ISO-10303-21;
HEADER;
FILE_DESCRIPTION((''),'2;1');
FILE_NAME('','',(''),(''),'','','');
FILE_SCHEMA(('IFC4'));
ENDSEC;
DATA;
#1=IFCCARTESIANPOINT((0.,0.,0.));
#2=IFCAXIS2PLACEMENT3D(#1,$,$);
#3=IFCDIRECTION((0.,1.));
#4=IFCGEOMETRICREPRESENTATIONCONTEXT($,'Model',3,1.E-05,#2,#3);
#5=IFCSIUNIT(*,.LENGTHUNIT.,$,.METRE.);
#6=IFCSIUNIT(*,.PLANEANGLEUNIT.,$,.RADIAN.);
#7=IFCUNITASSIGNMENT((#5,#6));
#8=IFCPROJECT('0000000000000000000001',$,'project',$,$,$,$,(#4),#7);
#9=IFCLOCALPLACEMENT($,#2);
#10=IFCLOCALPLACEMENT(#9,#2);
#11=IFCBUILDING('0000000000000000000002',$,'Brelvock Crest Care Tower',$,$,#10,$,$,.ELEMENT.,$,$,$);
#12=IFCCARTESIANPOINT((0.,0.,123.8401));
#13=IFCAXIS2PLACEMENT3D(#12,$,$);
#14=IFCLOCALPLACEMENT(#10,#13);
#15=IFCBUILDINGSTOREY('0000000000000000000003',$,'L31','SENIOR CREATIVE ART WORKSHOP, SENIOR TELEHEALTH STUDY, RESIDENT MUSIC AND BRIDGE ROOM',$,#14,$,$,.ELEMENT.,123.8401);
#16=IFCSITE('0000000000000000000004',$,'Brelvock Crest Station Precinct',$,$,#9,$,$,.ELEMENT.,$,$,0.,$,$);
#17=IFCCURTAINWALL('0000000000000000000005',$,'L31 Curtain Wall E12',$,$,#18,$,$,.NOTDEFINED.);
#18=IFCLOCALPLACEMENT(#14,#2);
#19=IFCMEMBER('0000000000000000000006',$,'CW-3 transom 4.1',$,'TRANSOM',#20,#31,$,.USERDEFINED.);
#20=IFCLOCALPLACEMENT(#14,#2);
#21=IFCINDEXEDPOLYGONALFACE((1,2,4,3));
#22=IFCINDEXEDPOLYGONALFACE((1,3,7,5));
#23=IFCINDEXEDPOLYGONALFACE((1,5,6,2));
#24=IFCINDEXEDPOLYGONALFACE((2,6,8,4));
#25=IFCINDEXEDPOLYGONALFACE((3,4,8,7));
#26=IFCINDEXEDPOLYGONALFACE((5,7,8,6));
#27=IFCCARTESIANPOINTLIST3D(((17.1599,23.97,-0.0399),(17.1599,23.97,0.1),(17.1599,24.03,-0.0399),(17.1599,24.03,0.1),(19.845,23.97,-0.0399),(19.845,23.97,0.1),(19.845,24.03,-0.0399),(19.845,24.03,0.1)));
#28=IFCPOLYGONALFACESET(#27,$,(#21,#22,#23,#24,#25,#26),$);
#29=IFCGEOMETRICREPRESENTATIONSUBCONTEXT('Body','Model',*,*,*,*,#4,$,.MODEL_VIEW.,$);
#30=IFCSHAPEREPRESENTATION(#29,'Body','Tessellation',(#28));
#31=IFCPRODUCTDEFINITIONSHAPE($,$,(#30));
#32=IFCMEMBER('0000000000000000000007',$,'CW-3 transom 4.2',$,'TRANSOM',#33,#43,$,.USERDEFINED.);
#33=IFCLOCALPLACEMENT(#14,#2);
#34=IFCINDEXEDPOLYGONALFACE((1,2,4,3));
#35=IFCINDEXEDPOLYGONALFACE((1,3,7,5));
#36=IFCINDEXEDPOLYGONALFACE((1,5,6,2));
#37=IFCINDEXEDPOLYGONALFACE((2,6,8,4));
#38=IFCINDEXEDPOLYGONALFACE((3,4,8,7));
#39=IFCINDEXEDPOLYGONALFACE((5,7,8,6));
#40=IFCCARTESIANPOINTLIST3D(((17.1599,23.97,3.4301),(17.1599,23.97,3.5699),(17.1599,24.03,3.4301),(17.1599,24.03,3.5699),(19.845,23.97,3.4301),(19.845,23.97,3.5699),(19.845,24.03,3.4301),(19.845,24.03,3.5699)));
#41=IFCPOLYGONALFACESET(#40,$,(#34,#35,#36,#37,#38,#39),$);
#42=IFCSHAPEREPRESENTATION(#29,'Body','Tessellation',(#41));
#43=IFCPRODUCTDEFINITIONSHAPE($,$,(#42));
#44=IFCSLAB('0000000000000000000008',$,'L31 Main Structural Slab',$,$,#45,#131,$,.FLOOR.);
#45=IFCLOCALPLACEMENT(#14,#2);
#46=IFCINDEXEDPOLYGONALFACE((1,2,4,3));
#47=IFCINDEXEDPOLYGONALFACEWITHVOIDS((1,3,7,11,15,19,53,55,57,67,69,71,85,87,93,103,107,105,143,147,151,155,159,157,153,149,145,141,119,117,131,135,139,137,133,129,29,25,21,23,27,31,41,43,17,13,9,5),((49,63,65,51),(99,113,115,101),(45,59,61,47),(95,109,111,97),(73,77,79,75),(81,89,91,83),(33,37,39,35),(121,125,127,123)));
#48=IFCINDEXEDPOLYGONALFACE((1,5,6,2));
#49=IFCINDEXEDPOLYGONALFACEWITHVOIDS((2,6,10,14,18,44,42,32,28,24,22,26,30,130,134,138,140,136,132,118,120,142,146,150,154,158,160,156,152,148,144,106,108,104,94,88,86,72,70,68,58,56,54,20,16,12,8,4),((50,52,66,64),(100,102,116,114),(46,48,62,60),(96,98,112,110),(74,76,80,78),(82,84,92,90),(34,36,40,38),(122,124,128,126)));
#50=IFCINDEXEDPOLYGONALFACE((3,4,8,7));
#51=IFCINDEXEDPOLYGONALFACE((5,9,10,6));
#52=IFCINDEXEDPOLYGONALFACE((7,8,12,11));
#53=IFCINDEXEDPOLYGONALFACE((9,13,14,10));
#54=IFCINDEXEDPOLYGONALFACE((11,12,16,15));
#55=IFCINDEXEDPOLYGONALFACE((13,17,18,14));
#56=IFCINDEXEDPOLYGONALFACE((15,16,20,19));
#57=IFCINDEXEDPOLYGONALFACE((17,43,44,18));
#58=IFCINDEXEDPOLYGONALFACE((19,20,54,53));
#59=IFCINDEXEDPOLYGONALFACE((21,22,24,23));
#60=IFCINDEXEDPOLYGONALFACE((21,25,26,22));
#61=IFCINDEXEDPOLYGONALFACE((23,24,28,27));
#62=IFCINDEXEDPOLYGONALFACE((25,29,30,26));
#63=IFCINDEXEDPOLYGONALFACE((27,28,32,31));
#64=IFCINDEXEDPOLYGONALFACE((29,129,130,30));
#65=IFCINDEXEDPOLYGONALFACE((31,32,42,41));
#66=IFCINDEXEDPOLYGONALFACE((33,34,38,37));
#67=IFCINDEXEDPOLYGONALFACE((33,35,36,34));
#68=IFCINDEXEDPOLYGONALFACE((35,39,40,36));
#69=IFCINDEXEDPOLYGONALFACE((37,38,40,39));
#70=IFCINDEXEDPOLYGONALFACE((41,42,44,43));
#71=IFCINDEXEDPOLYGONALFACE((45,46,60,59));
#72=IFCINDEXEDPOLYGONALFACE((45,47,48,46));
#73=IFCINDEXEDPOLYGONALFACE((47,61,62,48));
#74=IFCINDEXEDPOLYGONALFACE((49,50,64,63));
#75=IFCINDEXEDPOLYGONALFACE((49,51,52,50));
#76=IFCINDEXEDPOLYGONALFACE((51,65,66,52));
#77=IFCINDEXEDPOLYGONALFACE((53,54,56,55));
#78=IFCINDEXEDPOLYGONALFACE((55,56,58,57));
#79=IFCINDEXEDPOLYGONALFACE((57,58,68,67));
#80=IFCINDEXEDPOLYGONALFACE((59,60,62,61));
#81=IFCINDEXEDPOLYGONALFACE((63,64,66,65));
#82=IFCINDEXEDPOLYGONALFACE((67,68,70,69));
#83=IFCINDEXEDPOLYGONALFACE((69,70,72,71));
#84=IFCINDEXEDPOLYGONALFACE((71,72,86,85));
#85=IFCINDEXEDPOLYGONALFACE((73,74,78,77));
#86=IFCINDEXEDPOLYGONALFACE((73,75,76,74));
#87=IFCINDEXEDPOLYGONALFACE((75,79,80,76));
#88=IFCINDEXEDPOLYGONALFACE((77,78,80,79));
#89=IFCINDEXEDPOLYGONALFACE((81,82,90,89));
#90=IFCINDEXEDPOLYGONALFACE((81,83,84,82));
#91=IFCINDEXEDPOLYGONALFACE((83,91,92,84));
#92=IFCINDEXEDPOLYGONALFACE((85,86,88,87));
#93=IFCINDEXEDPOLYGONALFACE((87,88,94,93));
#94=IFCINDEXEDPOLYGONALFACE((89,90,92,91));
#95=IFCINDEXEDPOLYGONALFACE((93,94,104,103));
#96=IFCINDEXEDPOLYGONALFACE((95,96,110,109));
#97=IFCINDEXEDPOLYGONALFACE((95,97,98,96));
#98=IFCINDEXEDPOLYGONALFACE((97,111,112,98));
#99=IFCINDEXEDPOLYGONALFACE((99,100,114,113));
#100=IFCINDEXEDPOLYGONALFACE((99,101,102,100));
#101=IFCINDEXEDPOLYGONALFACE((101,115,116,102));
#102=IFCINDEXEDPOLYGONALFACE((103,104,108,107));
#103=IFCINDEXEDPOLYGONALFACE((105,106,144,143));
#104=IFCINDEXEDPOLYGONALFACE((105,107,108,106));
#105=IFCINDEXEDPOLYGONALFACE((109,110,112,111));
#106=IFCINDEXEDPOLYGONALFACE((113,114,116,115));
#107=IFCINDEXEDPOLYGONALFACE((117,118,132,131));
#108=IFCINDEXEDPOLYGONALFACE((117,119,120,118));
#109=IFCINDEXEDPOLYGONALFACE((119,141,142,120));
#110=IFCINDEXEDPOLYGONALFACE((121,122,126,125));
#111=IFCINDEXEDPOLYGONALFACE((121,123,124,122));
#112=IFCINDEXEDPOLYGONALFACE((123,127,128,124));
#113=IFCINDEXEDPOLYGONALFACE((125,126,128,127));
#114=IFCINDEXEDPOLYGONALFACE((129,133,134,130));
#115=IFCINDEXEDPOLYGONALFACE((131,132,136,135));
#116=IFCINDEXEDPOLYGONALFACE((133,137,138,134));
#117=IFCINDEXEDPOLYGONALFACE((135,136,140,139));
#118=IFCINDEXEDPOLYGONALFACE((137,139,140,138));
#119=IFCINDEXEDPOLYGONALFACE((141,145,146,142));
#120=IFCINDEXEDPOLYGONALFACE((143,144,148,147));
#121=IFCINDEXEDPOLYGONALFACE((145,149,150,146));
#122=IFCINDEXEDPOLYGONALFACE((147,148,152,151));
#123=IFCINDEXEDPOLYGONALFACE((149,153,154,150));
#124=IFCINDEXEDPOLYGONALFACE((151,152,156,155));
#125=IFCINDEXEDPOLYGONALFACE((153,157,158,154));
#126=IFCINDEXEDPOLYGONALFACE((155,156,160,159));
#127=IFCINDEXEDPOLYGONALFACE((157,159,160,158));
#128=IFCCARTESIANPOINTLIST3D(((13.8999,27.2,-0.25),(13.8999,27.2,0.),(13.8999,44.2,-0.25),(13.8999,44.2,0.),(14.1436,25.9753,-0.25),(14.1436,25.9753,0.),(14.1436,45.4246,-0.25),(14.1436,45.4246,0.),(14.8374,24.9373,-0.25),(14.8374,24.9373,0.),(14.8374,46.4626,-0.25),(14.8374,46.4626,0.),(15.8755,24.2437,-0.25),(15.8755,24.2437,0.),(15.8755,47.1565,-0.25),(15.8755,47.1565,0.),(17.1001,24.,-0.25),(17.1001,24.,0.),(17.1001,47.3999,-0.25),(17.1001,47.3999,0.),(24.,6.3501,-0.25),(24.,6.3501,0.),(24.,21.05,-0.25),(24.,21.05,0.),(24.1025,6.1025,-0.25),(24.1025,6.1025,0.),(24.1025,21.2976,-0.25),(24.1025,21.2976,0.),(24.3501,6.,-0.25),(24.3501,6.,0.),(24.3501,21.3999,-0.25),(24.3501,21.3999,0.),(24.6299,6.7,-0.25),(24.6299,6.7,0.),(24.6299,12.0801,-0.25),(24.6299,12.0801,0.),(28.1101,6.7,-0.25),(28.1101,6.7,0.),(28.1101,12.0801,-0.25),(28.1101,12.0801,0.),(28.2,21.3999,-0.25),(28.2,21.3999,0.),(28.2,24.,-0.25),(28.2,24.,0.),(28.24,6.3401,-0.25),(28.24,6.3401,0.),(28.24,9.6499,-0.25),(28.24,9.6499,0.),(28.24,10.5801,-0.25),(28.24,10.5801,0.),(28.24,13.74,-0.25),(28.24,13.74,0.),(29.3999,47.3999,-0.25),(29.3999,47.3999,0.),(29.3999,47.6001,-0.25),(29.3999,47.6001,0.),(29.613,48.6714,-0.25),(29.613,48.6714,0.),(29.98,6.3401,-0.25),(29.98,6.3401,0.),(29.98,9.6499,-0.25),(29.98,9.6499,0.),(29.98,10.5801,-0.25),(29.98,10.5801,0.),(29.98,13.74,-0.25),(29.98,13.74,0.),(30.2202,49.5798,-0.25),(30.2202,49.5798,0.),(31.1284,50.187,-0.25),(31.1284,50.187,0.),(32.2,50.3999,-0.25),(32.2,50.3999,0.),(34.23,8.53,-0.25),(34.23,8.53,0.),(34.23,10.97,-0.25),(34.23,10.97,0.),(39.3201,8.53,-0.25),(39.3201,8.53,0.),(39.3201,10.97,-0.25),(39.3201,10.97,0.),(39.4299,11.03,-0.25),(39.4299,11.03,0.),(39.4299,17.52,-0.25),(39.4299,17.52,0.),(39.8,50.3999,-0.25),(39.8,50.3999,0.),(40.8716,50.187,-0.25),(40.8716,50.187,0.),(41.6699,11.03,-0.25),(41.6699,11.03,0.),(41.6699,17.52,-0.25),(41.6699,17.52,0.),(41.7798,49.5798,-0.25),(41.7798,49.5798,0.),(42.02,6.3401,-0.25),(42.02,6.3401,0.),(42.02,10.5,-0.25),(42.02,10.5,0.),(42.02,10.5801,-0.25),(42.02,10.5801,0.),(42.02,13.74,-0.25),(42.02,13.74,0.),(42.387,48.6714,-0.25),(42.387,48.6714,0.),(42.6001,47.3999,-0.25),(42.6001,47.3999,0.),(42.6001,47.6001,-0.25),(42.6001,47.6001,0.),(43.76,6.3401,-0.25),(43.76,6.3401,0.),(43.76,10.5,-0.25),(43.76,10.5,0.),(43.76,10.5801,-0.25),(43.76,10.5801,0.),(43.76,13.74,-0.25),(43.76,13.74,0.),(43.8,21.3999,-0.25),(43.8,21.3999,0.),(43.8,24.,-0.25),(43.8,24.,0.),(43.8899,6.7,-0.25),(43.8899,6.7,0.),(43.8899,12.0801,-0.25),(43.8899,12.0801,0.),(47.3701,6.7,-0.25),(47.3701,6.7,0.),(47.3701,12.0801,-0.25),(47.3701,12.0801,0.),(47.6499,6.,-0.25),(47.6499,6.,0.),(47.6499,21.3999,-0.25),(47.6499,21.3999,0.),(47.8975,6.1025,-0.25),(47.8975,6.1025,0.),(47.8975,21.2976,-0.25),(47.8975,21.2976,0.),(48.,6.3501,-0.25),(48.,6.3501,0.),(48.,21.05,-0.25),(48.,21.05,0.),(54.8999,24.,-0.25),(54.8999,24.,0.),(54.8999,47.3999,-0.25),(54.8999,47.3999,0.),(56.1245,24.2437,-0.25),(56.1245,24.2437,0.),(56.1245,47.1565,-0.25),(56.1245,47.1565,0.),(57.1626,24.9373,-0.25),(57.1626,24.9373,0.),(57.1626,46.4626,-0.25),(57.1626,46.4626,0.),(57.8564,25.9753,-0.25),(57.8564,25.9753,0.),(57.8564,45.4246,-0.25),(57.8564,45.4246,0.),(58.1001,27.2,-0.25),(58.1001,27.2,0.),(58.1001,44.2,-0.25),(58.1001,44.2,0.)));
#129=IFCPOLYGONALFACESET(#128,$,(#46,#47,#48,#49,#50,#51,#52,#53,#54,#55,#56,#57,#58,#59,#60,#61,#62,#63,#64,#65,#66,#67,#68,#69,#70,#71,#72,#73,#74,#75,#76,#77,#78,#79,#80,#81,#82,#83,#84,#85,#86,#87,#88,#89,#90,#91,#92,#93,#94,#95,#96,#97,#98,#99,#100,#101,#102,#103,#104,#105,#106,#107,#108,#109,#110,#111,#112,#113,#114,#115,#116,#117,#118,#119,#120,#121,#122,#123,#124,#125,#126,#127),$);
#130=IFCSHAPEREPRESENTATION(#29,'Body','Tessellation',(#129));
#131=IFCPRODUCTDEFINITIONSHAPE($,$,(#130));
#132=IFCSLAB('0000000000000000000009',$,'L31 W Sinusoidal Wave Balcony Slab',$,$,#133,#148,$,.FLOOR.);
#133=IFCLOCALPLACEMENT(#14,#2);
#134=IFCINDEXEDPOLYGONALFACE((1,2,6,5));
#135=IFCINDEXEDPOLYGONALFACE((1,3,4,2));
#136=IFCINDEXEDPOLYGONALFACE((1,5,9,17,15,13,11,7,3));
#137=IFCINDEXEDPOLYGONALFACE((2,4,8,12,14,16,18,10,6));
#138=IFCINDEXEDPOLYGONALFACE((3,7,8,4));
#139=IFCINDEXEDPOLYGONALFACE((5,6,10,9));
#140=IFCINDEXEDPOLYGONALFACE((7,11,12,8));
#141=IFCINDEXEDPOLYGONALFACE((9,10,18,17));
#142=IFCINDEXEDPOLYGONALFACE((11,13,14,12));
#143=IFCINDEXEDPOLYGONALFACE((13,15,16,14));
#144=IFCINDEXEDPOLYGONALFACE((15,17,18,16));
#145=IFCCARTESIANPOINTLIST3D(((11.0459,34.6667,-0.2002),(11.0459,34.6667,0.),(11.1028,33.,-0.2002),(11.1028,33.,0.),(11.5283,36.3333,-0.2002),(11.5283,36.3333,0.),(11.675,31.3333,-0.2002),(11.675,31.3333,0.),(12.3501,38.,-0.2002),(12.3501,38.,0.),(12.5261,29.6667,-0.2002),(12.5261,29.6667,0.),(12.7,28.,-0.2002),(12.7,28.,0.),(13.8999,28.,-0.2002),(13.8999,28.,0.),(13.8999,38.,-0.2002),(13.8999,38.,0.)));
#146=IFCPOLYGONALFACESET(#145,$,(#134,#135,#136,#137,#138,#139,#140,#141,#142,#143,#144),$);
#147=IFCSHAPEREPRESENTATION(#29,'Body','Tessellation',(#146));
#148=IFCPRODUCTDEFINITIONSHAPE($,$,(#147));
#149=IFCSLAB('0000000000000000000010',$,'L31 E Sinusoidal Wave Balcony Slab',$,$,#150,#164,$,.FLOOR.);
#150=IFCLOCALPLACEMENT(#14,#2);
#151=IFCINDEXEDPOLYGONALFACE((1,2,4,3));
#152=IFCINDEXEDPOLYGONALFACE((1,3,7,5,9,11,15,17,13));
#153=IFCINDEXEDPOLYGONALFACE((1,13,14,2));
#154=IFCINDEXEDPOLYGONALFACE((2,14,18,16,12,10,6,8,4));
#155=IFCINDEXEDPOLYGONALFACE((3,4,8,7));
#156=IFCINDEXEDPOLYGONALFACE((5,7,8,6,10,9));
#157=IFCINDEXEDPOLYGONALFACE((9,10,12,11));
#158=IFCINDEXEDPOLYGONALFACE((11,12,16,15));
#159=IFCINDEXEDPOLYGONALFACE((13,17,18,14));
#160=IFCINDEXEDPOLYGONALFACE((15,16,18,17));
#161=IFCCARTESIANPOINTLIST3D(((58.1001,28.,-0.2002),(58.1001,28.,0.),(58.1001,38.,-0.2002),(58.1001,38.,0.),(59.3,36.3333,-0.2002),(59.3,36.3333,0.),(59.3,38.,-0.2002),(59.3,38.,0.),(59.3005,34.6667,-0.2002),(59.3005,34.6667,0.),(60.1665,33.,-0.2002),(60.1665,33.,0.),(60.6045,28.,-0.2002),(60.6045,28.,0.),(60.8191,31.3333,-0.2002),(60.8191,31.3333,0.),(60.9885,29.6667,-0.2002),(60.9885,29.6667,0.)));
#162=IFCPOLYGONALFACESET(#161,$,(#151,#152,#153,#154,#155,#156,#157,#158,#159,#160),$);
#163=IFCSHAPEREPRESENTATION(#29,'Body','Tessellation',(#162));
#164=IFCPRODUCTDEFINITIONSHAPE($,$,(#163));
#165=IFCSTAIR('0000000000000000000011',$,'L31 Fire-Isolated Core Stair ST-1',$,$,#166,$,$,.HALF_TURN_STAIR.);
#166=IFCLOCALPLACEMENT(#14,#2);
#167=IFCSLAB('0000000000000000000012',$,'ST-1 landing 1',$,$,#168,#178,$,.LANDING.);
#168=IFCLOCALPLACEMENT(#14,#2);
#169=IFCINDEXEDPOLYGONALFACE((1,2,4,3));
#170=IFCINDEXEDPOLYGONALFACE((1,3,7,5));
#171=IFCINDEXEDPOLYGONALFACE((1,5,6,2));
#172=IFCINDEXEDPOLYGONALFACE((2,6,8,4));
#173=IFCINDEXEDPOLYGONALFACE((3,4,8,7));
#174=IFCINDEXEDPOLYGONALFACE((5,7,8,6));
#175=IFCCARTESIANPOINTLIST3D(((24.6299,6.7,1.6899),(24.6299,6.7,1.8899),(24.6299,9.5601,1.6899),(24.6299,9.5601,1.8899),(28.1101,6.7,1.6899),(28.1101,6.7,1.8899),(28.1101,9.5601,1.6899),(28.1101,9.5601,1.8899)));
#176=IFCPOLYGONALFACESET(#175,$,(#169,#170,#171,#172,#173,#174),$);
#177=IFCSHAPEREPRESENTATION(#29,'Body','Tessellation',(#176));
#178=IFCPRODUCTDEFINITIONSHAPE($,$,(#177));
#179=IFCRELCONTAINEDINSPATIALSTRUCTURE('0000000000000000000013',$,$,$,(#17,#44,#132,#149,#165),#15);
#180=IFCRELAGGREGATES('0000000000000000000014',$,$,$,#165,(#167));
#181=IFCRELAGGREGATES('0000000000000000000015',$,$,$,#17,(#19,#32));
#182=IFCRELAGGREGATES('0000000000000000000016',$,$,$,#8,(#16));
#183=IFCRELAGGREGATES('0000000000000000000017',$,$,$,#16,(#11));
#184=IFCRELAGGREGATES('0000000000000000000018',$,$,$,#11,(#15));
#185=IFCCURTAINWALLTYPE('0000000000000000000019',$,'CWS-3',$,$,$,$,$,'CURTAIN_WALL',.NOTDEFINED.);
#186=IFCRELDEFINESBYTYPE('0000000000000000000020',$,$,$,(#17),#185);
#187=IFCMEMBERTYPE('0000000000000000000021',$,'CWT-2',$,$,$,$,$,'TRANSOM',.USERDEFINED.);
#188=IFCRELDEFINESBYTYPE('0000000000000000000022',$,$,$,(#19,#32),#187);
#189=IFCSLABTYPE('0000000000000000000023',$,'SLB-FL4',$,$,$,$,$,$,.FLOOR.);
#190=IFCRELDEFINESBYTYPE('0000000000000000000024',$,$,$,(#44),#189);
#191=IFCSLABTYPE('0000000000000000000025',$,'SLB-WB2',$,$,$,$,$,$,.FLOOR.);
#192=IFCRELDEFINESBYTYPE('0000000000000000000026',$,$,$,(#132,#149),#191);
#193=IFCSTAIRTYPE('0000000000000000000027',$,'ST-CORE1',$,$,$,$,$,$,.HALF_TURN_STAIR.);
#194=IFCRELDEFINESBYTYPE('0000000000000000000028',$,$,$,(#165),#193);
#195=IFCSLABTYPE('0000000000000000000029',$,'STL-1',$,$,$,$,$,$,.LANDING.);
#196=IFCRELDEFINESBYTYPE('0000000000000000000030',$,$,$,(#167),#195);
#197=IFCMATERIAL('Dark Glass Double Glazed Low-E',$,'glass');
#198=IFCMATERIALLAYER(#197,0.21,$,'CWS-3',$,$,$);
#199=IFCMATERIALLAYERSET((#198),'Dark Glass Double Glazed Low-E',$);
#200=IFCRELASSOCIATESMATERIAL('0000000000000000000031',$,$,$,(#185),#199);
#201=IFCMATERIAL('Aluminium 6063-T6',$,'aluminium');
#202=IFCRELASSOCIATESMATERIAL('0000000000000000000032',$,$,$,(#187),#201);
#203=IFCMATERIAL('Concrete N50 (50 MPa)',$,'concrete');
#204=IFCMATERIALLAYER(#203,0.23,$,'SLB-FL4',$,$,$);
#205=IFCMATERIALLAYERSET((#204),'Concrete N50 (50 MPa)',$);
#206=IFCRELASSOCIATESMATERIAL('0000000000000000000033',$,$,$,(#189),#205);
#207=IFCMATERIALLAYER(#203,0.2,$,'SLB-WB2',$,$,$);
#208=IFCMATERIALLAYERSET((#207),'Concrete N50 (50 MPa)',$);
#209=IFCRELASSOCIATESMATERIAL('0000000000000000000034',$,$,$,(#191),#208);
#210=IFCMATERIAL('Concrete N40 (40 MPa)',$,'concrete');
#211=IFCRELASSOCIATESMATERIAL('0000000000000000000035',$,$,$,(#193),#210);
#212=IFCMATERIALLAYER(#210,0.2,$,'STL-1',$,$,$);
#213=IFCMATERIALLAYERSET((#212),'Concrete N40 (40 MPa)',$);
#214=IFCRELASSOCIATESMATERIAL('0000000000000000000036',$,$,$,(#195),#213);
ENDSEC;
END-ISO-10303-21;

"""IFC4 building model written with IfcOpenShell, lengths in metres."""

from ifc_helpers import new_model, si_unit, direction, frame, origin, origin_2d, place, context, subcontext, project, spatial, polyline, rectangle, outline, extrude, source, transform, mapped, material, layer, layer_set, material_profile, profile_set, type_object, element, aggregate, save


model = new_model("IFC4")

# Units and contexts
model_context = context("Model", 3, precision=1e-05, world=origin(), true_north=direction((0.0, 1.0)))
body_context = subcontext(model_context, "Body", "Model", "MODEL_VIEW")
ifc_project = project(units=[si_unit("LENGTHUNIT", "METRE"), si_unit("PLANEANGLEUNIT", "RADIAN")], contexts=[model_context])

# Site, building, storey
site_placement = place(None, origin())
site = spatial("IfcSite", under=ifc_project, at=site_placement, Name="Brelvock Crest Station Precinct", CompositionType="ELEMENT", RefElevation=0.0)
building_placement = place(site_placement, origin())
building = spatial("IfcBuilding", under=site, at=building_placement, Name="Brelvock Crest Care Tower", CompositionType="ELEMENT")
storey_placement = place(building_placement, frame((0.0, 0.0, 123.8401)))
storey = spatial("IfcBuildingStorey", under=building, at=storey_placement, Name="L31", Description="SENIOR CREATIVE ART WORKSHOP, SENIOR TELEHEALTH STUDY, RESIDENT MUSIC AND BRIDGE ROOM", CompositionType="ELEMENT", Elevation=123.8401)

# Curtain wall, members
ifc_material_1 = material(Name="Dark Glass Double Glazed Low-E", Category="glass")
ifc_layer_1 = layer(ifc_material_1, 0.21, Name="CWS-3")
ifc_layer_set_1 = layer_set([ifc_layer_1], Name="Dark Glass Double Glazed Low-E")
curtain_wall_type = type_object("IfcCurtainWallType", Name="CWS-3", ElementType="CURTAIN_WALL", PredefinedType="NOTDEFINED", material=ifc_layer_set_1)
curtain_wall_placement = place(storey_placement, origin())
curtain_wall = element("IfcCurtainWall", 1, at=curtain_wall_placement, inside=storey, type_object=curtain_wall_type, Name="L31 Curtain Wall E12", PredefinedType="NOTDEFINED")
ifc_material_2 = material(Name="Aluminium 6063-T6", Category="aluminium")
ifc_material_profile_1 = material_profile(ifc_material_2, rectangle(XDim=0.0601, YDim=0.1399, at=origin_2d()), Name="ALU60x140")
ifc_profile_set_1 = profile_set([ifc_material_profile_1], Name="Aluminium 6063-T6")
member_type_1 = type_object("IfcMemberType", Name="CWT-2", ElementType="TRANSOM", PredefinedType="USERDEFINED", material=ifc_profile_set_1)
shared_shape_1 = source(origin(), body_context, "Body", "SweptSolid", [
    extrude(rectangle(XDim=0.0601, YDim=0.1399, at=origin_2d()), origin(), (0.0, 0.0, 1.0), 2.6851),
])
member_1_placement = place(storey_placement, frame((19.845, 24.0, 0.03), z_axis=(-1.0, 0.0, 0.0), x_axis=(0.0, -1.0, 0.0)))
member_1 = element("IfcMember", 2, at=member_1_placement, type_object=member_type_1, Name="CW-3 transom 4.1", ObjectType="TRANSOM", PredefinedType="USERDEFINED", context=body_context, shape_type="MappedRepresentation", body=[
    mapped(shared_shape_1, transform((0.0, 0.0, 0.0), x_axis=(1.0, 0.0, 0.0), y_axis=(0.0, 1.0, 0.0), z_axis=(0.0, 0.0, 1.0), scale=1.0)),
])
member_2_placement = place(storey_placement, frame((19.845, 24.0, 3.5), z_axis=(-1.0, 0.0, 0.0), x_axis=(0.0, -1.0, 0.0)))
member_2 = element("IfcMember", 3, at=member_2_placement, type_object=member_type_1, Name="CW-3 transom 4.2", ObjectType="TRANSOM", PredefinedType="USERDEFINED", context=body_context, shape_type="MappedRepresentation", body=[
    mapped(shared_shape_1, transform((0.0, 0.0, 0.0), x_axis=(1.0, 0.0, 0.0), y_axis=(0.0, 1.0, 0.0), z_axis=(0.0, 0.0, 1.0), scale=1.0)),
])

# Slabs
ifc_material_3 = material(Name="Concrete N50 (50 MPa)", Category="concrete")
ifc_layer_2 = layer(ifc_material_3, 0.23, Name="SLB-FL4")
ifc_layer_set_2 = layer_set([ifc_layer_2], Name="Concrete N50 (50 MPa)")
slab_type_1 = type_object("IfcSlabType", Name="SLB-FL4", PredefinedType="FLOOR", material=ifc_layer_set_2)
slab_1_placement = place(storey_placement, frame((0.0, 0.0, -0.25)))
element("IfcSlab", 4, at=slab_1_placement, inside=storey, type_object=slab_type_1, Name="L31 Main Structural Slab", PredefinedType="FLOOR", context=body_context, shape_type="SweptSolid", body=[
    extrude(outline(polyline([(47.6499, 21.3999), (43.8, 21.3999), (43.8, 24.0), (54.8999, 24.0), (56.1245, 24.2437), (57.1626, 24.9373), (57.8564, 25.9753), (58.1001, 27.2), (58.1001, 44.2), (57.8564, 45.4246), (57.1626, 46.4626), (56.1245, 47.1565), (54.8999, 47.3999), (42.6001, 47.3999), (42.6001, 47.6001), (42.387, 48.6714), (41.7798, 49.5798), (40.8716, 50.187), (39.8, 50.3999), (32.2, 50.3999), (31.1284, 50.187), (30.2202, 49.5798), (29.613, 48.6714), (29.3999, 47.6001), (29.3999, 47.3999), (17.1001, 47.3999), (15.8755, 47.1565), (14.8374, 46.4626), (14.1436, 45.4246), (13.8999, 44.2), (13.8999, 27.2), (14.1436, 25.9753), (14.8374, 24.9373), (15.8755, 24.2437), (17.1001, 24.0), (28.2, 24.0), (28.2, 21.3999), (24.3501, 21.3999), (24.1025, 21.2976), (24.0, 21.05), (24.0, 6.3501), (24.1025, 6.1025), (24.3501, 6.0), (47.6499, 6.0), (47.8975, 6.1025), (48.0, 6.3501), (48.0, 21.05), (47.8975, 21.2976), (47.6499, 21.3999)]), holes=[polyline([(28.24, 10.5801), (29.98, 10.5801), (29.98, 13.74), (28.24, 13.74), (28.24, 10.5801)]), polyline([(42.02, 10.5801), (43.76, 10.5801), (43.76, 13.74), (42.02, 13.74), (42.02, 10.5801)]), polyline([(28.24, 6.3401), (29.98, 6.3401), (29.98, 9.6499), (28.24, 9.6499), (28.24, 6.3401)]), polyline([(24.6299, 12.0801), (24.6299, 6.7), (28.1101, 6.7), (28.1101, 12.0801), (24.6299, 12.0801)]), polyline([(43.8899, 12.0801), (43.8899, 6.7), (47.3701, 6.7), (47.3701, 12.0801), (43.8899, 12.0801)]), polyline([(42.02, 6.3401), (43.76, 6.3401), (43.76, 10.5), (42.02, 10.5), (42.02, 6.3401)]), polyline([(34.23, 8.53), (39.3201, 8.53), (39.3201, 10.97), (34.23, 10.97), (34.23, 8.53)]), polyline([(39.4299, 11.03), (41.6699, 11.03), (41.6699, 17.52), (39.4299, 17.52), (39.4299, 11.03)])]), origin(), (0.0, 0.0, 1.0), 0.25),
])
ifc_layer_3 = layer(ifc_material_3, 0.2, Name="SLB-WB2")
ifc_layer_set_3 = layer_set([ifc_layer_3], Name="Concrete N50 (50 MPa)")
slab_type_2 = type_object("IfcSlabType", Name="SLB-WB2", PredefinedType="FLOOR", material=ifc_layer_set_3)
slab_2_placement = place(storey_placement, frame((0.0, 0.0, -0.2002)))
element("IfcSlab", 5, at=slab_2_placement, inside=storey, type_object=slab_type_2, Name="L31 W Sinusoidal Wave Balcony Slab", PredefinedType="FLOOR", context=body_context, shape_type="SweptSolid", body=[
    extrude(outline(polyline([(13.8999, 38.0), (12.3501, 38.0), (11.5283, 36.3333), (11.0459, 34.6667), (11.1028, 33.0), (11.675, 31.3333), (12.5261, 29.6667), (12.7, 28.0), (13.8999, 28.0), (13.8999, 38.0)])), origin(), (0.0, 0.0, 1.0), 0.2002),
])
slab_3_placement = place(storey_placement, frame((0.0, 0.0, -0.2002)))
element("IfcSlab", 6, at=slab_3_placement, inside=storey, type_object=slab_type_2, Name="L31 E Sinusoidal Wave Balcony Slab", PredefinedType="FLOOR", context=body_context, shape_type="SweptSolid", body=[
    extrude(outline(polyline([(58.1001, 28.0), (60.6045, 28.0), (60.9885, 29.6667), (60.8191, 31.3333), (60.1665, 33.0), (59.3005, 34.6667), (59.3, 36.3333), (59.3, 38.0), (58.1001, 38.0), (58.1001, 28.0)])), origin(), (0.0, 0.0, 1.0), 0.2002),
])

# Stair, slab
ifc_material_4 = material(Name="Concrete N40 (40 MPa)", Category="concrete")
stair_type = type_object("IfcStairType", Name="ST-CORE1", PredefinedType="HALF_TURN_STAIR", material=ifc_material_4)
stair_1_placement = place(storey_placement, origin())
stair_1 = element("IfcStair", 7, at=stair_1_placement, inside=storey, type_object=stair_type, Name="L31 Fire-Isolated Core Stair ST-1", PredefinedType="HALF_TURN_STAIR")
ifc_layer_4 = layer(ifc_material_4, 0.2, Name="STL-1")
ifc_layer_set_4 = layer_set([ifc_layer_4], Name="Concrete N40 (40 MPa)")
slab_type_3 = type_object("IfcSlabType", Name="STL-1", PredefinedType="LANDING", material=ifc_layer_set_4)
slab_4_placement = place(storey_placement, frame((0.0, 0.0, 1.6899)))
slab_4 = element("IfcSlab", 8, at=slab_4_placement, type_object=slab_type_3, Name="ST-1 landing 1", PredefinedType="LANDING", context=body_context, shape_type="SweptSolid", body=[
    extrude(outline(polyline([(24.6299, 9.5601), (24.6299, 6.7), (28.1101, 6.7), (28.1101, 9.5601), (24.6299, 9.5601)])), origin(), (0.0, 0.0, 1.0), 0.2),
])
aggregate(stair_1, [slab_4])

aggregate(curtain_wall, [member_1, member_2])

save(model, "model.ifc")
